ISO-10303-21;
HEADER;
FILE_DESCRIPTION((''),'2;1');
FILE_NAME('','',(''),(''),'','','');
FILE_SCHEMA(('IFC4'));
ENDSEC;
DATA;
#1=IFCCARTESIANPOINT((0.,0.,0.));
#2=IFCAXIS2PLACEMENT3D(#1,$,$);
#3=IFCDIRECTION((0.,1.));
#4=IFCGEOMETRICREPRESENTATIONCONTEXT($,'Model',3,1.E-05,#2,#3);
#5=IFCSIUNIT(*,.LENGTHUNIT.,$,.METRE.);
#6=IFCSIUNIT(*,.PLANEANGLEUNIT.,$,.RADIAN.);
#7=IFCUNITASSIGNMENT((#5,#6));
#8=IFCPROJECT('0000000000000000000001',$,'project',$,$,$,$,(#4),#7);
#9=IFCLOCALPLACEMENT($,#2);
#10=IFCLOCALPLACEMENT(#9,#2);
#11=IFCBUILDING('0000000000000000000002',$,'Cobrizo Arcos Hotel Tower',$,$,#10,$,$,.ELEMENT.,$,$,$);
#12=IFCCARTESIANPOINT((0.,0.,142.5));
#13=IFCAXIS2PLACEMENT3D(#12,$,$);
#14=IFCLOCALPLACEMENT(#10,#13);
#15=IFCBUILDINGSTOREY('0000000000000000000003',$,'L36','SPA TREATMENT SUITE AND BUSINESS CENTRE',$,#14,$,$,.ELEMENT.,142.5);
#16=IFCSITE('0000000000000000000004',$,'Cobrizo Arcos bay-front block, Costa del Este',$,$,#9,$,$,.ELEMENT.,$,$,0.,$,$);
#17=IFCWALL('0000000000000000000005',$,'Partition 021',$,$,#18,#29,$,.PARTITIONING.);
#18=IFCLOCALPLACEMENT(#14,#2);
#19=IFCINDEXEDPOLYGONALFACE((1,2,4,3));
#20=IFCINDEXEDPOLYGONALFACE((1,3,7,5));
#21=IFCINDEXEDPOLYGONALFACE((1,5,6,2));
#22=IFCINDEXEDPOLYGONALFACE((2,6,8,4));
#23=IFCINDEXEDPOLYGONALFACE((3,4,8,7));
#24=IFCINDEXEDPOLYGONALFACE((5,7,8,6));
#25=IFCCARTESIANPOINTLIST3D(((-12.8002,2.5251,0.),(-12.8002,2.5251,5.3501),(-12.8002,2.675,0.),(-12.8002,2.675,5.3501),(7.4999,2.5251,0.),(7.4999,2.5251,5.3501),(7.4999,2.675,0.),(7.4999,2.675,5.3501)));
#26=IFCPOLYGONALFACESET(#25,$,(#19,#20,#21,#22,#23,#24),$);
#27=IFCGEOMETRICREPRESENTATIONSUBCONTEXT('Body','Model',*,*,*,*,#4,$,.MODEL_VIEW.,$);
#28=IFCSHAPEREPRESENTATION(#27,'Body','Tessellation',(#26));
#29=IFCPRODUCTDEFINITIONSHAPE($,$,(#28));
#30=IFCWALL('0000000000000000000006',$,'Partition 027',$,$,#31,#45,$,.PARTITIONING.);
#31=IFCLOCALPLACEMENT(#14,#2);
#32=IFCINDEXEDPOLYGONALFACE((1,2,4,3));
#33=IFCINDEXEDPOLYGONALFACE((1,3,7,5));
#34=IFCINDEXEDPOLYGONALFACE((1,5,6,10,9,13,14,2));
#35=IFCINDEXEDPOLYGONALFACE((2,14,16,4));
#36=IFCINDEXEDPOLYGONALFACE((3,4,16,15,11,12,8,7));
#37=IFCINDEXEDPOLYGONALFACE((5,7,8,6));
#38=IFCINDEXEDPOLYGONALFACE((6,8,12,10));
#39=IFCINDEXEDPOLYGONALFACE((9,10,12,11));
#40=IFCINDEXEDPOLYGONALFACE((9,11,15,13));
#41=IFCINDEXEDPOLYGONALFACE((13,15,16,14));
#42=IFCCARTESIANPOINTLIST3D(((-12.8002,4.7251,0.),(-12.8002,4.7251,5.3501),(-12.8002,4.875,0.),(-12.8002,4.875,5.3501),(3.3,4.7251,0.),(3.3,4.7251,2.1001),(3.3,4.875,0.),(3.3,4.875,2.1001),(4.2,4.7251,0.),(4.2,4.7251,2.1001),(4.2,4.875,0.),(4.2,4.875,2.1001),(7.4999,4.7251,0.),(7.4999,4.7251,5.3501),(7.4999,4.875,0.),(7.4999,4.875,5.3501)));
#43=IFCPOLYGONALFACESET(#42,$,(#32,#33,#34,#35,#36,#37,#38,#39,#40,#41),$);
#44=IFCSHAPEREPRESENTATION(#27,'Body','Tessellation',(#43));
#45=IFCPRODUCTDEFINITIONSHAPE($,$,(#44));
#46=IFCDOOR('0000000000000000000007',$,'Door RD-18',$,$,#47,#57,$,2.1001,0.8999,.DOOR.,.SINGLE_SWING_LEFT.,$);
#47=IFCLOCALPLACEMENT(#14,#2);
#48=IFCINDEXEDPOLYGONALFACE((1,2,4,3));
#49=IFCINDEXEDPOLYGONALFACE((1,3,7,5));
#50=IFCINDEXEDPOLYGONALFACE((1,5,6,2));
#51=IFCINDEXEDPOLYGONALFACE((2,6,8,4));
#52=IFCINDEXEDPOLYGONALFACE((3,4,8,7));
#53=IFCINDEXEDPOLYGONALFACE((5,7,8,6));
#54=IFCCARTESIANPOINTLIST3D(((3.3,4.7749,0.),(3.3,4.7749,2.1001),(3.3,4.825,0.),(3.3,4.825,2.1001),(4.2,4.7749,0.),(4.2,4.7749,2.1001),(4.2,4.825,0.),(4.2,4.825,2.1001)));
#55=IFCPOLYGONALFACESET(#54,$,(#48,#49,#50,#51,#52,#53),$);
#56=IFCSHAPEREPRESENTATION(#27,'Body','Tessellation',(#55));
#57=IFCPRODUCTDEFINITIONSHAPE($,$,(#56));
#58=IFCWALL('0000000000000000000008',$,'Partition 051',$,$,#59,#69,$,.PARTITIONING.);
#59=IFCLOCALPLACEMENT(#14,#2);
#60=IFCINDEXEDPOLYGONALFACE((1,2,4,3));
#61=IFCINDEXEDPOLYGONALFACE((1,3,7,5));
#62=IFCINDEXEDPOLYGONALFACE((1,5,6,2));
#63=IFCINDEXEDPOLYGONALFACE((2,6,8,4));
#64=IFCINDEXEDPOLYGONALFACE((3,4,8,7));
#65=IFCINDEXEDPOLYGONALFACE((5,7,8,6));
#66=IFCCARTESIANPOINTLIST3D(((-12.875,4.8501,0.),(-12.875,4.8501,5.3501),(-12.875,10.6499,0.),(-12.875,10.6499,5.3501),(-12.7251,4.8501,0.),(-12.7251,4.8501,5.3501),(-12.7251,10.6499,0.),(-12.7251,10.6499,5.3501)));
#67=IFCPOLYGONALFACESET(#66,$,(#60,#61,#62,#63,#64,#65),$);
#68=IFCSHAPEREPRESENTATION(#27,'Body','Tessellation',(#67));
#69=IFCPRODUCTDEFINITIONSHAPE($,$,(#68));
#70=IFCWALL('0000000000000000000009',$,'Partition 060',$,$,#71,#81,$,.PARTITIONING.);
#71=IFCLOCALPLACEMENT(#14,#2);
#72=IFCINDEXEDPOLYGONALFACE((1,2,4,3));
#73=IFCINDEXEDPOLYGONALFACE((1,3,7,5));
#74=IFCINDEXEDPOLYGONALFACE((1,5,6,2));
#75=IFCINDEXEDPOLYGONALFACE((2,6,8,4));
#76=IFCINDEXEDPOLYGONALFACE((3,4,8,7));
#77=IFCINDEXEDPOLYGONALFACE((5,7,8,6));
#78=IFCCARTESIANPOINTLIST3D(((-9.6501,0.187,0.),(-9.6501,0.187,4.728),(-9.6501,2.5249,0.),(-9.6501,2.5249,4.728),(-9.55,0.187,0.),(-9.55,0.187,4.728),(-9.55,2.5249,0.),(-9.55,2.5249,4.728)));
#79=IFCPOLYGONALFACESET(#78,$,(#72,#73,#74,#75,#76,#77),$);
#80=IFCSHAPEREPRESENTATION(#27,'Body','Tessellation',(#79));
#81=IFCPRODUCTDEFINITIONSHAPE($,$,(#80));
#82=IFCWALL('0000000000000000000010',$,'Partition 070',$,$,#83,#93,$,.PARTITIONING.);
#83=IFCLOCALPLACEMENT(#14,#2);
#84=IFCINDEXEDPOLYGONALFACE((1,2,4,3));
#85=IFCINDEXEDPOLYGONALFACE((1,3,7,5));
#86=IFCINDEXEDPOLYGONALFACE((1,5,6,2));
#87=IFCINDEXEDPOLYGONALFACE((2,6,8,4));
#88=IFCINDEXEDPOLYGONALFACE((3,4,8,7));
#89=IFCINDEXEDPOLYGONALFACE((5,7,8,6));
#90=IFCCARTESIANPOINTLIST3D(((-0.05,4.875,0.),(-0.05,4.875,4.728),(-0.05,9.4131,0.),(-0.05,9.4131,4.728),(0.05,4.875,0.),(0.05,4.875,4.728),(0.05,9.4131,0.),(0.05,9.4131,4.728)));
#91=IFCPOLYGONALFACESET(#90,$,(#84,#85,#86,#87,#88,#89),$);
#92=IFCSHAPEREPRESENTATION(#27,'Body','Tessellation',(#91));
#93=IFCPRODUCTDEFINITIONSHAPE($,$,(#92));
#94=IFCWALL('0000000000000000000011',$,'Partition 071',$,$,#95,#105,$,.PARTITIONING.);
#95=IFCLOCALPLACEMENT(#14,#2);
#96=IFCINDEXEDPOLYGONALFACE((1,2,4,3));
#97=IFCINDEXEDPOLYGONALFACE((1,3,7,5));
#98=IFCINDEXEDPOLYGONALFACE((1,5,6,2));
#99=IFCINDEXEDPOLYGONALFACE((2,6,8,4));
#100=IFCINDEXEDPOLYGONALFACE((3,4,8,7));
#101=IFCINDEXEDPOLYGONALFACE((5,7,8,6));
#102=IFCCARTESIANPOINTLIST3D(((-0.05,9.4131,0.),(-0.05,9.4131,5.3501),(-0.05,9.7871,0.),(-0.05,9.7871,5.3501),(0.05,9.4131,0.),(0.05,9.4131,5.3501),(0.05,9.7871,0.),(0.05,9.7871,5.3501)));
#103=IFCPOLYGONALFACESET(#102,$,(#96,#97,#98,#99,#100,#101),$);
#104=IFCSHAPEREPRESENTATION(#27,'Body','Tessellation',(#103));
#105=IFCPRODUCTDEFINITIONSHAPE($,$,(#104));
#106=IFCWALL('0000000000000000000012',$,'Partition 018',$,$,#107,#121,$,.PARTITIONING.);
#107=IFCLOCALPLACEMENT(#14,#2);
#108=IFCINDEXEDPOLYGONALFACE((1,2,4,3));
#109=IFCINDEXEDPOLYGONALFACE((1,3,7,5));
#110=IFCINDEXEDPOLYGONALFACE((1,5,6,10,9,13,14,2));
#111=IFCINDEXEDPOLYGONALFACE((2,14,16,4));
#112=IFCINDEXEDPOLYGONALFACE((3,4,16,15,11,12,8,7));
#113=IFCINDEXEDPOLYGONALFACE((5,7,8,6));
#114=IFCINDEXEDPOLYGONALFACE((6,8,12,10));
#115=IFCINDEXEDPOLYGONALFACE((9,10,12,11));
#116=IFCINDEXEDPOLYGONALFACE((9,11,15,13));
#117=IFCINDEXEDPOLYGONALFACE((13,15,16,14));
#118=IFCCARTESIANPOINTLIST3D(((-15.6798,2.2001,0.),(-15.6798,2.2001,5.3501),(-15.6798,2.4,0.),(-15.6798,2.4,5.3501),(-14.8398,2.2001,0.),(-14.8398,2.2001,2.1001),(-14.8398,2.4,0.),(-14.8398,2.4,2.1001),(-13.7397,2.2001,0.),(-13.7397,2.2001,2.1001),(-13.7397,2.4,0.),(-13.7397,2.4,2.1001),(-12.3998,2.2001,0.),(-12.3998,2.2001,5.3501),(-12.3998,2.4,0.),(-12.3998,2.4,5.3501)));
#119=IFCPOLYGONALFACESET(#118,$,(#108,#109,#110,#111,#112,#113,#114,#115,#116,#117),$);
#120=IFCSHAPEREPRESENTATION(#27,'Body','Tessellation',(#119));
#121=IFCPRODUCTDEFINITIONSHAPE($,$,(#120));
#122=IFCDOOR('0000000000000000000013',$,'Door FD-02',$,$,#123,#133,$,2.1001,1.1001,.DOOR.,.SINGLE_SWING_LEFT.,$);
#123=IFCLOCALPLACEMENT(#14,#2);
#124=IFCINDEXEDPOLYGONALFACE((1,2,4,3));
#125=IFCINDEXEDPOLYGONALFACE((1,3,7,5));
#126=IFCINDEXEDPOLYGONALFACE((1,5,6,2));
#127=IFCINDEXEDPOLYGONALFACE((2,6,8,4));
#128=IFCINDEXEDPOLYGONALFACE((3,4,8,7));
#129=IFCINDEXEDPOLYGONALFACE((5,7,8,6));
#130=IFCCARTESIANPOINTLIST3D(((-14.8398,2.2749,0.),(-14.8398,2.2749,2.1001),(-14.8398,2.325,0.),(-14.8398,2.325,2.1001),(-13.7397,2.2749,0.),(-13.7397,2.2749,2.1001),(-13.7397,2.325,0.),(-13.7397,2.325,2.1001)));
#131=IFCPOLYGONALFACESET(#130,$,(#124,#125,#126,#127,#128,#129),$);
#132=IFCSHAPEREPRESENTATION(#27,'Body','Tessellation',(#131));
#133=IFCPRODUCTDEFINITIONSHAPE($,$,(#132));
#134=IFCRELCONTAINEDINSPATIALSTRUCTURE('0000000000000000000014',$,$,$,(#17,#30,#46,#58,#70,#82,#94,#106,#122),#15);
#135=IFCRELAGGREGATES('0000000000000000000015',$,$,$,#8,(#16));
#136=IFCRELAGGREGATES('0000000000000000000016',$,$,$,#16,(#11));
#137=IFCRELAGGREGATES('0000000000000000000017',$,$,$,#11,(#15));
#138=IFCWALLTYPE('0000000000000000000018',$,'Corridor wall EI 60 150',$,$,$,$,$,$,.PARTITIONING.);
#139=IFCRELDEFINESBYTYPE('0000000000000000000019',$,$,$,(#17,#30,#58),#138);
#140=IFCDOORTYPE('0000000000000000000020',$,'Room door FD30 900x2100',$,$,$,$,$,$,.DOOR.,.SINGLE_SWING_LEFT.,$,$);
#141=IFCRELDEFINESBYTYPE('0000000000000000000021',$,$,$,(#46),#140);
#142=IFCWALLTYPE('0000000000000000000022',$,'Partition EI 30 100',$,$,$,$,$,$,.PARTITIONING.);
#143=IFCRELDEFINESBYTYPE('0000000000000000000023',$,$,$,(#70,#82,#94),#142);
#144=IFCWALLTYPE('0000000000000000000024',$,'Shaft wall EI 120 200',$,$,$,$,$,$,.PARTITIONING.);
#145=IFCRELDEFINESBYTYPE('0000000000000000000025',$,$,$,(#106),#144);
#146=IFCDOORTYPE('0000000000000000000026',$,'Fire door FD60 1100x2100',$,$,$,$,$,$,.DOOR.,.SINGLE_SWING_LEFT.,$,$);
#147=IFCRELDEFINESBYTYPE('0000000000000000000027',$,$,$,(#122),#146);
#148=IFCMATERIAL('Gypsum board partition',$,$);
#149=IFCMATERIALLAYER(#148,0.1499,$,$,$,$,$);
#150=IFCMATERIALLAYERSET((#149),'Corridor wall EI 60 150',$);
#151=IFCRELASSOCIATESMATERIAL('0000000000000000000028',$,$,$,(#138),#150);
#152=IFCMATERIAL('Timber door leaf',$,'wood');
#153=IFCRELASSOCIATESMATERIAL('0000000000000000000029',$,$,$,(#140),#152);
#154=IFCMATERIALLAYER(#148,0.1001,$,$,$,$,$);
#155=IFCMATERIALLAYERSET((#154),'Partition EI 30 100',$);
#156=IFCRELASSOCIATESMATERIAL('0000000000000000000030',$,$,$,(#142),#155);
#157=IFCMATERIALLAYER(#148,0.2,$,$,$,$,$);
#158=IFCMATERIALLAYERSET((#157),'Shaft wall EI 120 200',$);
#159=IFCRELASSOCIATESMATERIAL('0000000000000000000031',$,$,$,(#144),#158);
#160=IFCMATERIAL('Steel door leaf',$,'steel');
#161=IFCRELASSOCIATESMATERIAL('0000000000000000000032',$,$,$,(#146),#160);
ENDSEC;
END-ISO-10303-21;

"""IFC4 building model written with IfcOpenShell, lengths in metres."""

from ifc_helpers import new_model, si_unit, direction, frame, frame_2d, origin, place, context, subcontext, project, spatial, rectangle, extrude, material, layer, layer_set, type_object, element, fill, save


model = new_model("IFC4")

# Units and contexts
model_context = context("Model", 3, precision=1e-05, world=origin(), true_north=direction((0.0, 1.0)))
body_context = subcontext(model_context, "Body", "Model", "MODEL_VIEW")
ifc_project = project(units=[si_unit("LENGTHUNIT", "METRE"), si_unit("PLANEANGLEUNIT", "RADIAN")], contexts=[model_context])

# Site, building, storey
site_placement = place(None, origin())
site = spatial("IfcSite", under=ifc_project, at=site_placement, Name="Cobrizo Arcos bay-front block, Costa del Este", CompositionType="ELEMENT", RefElevation=0.0)
building_placement = place(site_placement, origin())
building = spatial("IfcBuilding", under=site, at=building_placement, Name="Cobrizo Arcos Hotel Tower", CompositionType="ELEMENT")
storey_placement = place(building_placement, frame((0.0, 0.0, 142.5)))
storey = spatial("IfcBuildingStorey", under=building, at=storey_placement, Name="L36", Description="SPA TREATMENT SUITE AND BUSINESS CENTRE", CompositionType="ELEMENT", Elevation=142.5)

# Wall
ifc_material_1 = material(Name="Gypsum board partition")
ifc_layer_1 = layer(ifc_material_1, 0.1499)
ifc_layer_set_1 = layer_set([ifc_layer_1], Name="Corridor wall EI 60 150")
wall_type_1 = type_object("IfcWallType", Name="Corridor wall EI 60 150", PredefinedType="PARTITIONING", material=ifc_layer_set_1)
wall_1_placement = place(storey_placement, frame((-12.8, 2.6001, 0.0), z_axis=(0.0, 0.0, 1.0), x_axis=(1.0, 0.0, 0.0)))
element("IfcWall", 1, at=wall_1_placement, inside=storey, type_object=wall_type_1, Name="Partition 021", PredefinedType="PARTITIONING", context=body_context, shape_type="SweptSolid", body=[
    extrude(rectangle(XDim=20.3, YDim=0.1499, at=frame_2d((10.1499, 0.0))), origin(), (0.0, 0.0, 1.0), 5.3501),
])

# Wall, opening, door
wall_2_placement = place(storey_placement, frame((-12.8, 4.8, 0.0), z_axis=(0.0, 0.0, 1.0), x_axis=(1.0, 0.0, 0.0)))
wall_2 = element("IfcWall", 2, at=wall_2_placement, inside=storey, type_object=wall_type_1, Name="Partition 027", PredefinedType="PARTITIONING", context=body_context, shape_type="SweptSolid", body=[
    extrude(rectangle(XDim=20.3, YDim=0.1499, at=frame_2d((10.1499, 0.0))), origin(), (0.0, 0.0, 1.0), 5.3501),
])
opening_1_placement = place(wall_2_placement, frame((16.1001, 0.0, 0.0)))
opening_1 = element("IfcOpeningElement", 3, at=opening_1_placement, cuts=wall_2, PredefinedType="OPENING", context=body_context, shape_type="SweptSolid", body=[
    extrude(rectangle(XDim=0.8999, YDim=2.1001, at=frame_2d((0.45, 1.05))), frame((0.0, 0.0869, 0.0), z_axis=(0.0, -1.0, 0.0), x_axis=(1.0, 0.0, 0.0)), (0.0, 0.0, 1.0), 0.1738),
])
ifc_material_2 = material(Name="Timber door leaf", Category="wood")
door_type_1 = type_object("IfcDoorType", Name="Room door FD30 900x2100", OperationType="SINGLE_SWING_LEFT", PredefinedType="DOOR", material=ifc_material_2)
door_1_placement = place(opening_1_placement, origin())
door_1 = element("IfcDoor", 4, at=door_1_placement, inside=storey, type_object=door_type_1, Name="Door RD-18", OperationType="SINGLE_SWING_LEFT", OverallHeight=2.1001, OverallWidth=0.8999, PredefinedType="DOOR", context=body_context, shape_type="SweptSolid", body=[
    extrude(rectangle(XDim=0.8999, YDim=2.1001, at=frame_2d((0.45, 1.05))), frame((0.0, 0.0249, 0.0), z_axis=(0.0, -1.0, 0.0), x_axis=(1.0, 0.0, 0.0)), (0.0, 0.0, 1.0), 0.05),
])
fill(opening_1, door_1)

# Walls
wall_3_placement = place(storey_placement, frame((-12.8, 4.8501, 0.0), z_axis=(0.0, 0.0, 1.0), x_axis=(0.0, 1.0, 0.0)))
element("IfcWall", 5, at=wall_3_placement, inside=storey, type_object=wall_type_1, Name="Partition 051", PredefinedType="PARTITIONING", context=body_context, shape_type="SweptSolid", body=[
    extrude(rectangle(XDim=5.7998, YDim=0.1499, at=frame_2d((2.8999, 0.0))), origin(), (0.0, 0.0, 1.0), 5.3501),
])
ifc_layer_2 = layer(ifc_material_1, 0.1001)
ifc_layer_set_2 = layer_set([ifc_layer_2], Name="Partition EI 30 100")
wall_type_2 = type_object("IfcWallType", Name="Partition EI 30 100", PredefinedType="PARTITIONING", material=ifc_layer_set_2)
wall_4_placement = place(storey_placement, frame((-9.6001, 0.187, 0.0), z_axis=(0.0, 0.0, 1.0), x_axis=(0.0, 1.0, 0.0)))
element("IfcWall", 6, at=wall_4_placement, inside=storey, type_object=wall_type_2, Name="Partition 060", PredefinedType="PARTITIONING", context=body_context, shape_type="SweptSolid", body=[
    extrude(rectangle(XDim=2.3379, YDim=0.1001, at=frame_2d((1.1689, 0.0))), origin(), (0.0, 0.0, 1.0), 4.728),
])
wall_5_placement = place(storey_placement, frame((0.0, 4.875, 0.0), z_axis=(0.0, 0.0, 1.0), x_axis=(0.0, 1.0, 0.0)))
element("IfcWall", 7, at=wall_5_placement, inside=storey, type_object=wall_type_2, Name="Partition 070", PredefinedType="PARTITIONING", context=body_context, shape_type="SweptSolid", body=[
    extrude(rectangle(XDim=4.5381, YDim=0.1001, at=frame_2d((2.269, 0.0))), origin(), (0.0, 0.0, 1.0), 4.728),
])
wall_6_placement = place(storey_placement, frame((0.0, 9.4131, 0.0), z_axis=(0.0, 0.0, 1.0), x_axis=(0.0, 1.0, 0.0)))
element("IfcWall", 8, at=wall_6_placement, inside=storey, type_object=wall_type_2, Name="Partition 071", PredefinedType="PARTITIONING", context=body_context, shape_type="SweptSolid", body=[
    extrude(rectangle(XDim=0.374, YDim=0.1001, at=frame_2d((0.187, 0.0))), origin(), (0.0, 0.0, 1.0), 5.3501),
])

# Wall, opening, door
ifc_layer_3 = layer(ifc_material_1, 0.2)
ifc_layer_set_3 = layer_set([ifc_layer_3], Name="Shaft wall EI 120 200")
wall_type_3 = type_object("IfcWallType", Name="Shaft wall EI 120 200", PredefinedType="PARTITIONING", material=ifc_layer_set_3)
wall_7_placement = place(storey_placement, frame((-15.6799, 2.3, 0.0), z_axis=(0.0, 0.0, 1.0), x_axis=(1.0, 0.0, 0.0)))
wall_7 = element("IfcWall", 9, at=wall_7_placement, inside=storey, type_object=wall_type_3, Name="Partition 018", PredefinedType="PARTITIONING", context=body_context, shape_type="SweptSolid", body=[
    extrude(rectangle(XDim=3.28, YDim=0.2, at=frame_2d((1.6401, 0.0))), origin(), (0.0, 0.0, 1.0), 5.3501),
])
opening_2_placement = place(wall_7_placement, frame((0.8401, 0.0, 0.0)))
opening_2 = element("IfcOpeningElement", 10, at=opening_2_placement, cuts=wall_7, PredefinedType="OPENING", context=body_context, shape_type="SweptSolid", body=[
    extrude(rectangle(XDim=1.1001, YDim=2.1001, at=frame_2d((0.55, 1.05))), frame((0.0, 0.1121, 0.0), z_axis=(0.0, -1.0, 0.0), x_axis=(1.0, 0.0, 0.0)), (0.0, 0.0, 1.0), 0.2239),
])
ifc_material_3 = material(Name="Steel door leaf", Category="steel")
door_type_2 = type_object("IfcDoorType", Name="Fire door FD60 1100x2100", OperationType="SINGLE_SWING_LEFT", PredefinedType="DOOR", material=ifc_material_3)
door_2_placement = place(opening_2_placement, origin())
door_2 = element("IfcDoor", 11, at=door_2_placement, inside=storey, type_object=door_type_2, Name="Door FD-02", OperationType="SINGLE_SWING_LEFT", OverallHeight=2.1001, OverallWidth=1.1001, PredefinedType="DOOR", context=body_context, shape_type="SweptSolid", body=[
    extrude(rectangle(XDim=1.1001, YDim=2.1001, at=frame_2d((0.55, 1.05))), frame((0.0, 0.0249, 0.0), z_axis=(0.0, -1.0, 0.0), x_axis=(1.0, 0.0, 0.0)), (0.0, 0.0, 1.0), 0.05),
])
fill(opening_2, door_2)

save(model, "model.ifc")
